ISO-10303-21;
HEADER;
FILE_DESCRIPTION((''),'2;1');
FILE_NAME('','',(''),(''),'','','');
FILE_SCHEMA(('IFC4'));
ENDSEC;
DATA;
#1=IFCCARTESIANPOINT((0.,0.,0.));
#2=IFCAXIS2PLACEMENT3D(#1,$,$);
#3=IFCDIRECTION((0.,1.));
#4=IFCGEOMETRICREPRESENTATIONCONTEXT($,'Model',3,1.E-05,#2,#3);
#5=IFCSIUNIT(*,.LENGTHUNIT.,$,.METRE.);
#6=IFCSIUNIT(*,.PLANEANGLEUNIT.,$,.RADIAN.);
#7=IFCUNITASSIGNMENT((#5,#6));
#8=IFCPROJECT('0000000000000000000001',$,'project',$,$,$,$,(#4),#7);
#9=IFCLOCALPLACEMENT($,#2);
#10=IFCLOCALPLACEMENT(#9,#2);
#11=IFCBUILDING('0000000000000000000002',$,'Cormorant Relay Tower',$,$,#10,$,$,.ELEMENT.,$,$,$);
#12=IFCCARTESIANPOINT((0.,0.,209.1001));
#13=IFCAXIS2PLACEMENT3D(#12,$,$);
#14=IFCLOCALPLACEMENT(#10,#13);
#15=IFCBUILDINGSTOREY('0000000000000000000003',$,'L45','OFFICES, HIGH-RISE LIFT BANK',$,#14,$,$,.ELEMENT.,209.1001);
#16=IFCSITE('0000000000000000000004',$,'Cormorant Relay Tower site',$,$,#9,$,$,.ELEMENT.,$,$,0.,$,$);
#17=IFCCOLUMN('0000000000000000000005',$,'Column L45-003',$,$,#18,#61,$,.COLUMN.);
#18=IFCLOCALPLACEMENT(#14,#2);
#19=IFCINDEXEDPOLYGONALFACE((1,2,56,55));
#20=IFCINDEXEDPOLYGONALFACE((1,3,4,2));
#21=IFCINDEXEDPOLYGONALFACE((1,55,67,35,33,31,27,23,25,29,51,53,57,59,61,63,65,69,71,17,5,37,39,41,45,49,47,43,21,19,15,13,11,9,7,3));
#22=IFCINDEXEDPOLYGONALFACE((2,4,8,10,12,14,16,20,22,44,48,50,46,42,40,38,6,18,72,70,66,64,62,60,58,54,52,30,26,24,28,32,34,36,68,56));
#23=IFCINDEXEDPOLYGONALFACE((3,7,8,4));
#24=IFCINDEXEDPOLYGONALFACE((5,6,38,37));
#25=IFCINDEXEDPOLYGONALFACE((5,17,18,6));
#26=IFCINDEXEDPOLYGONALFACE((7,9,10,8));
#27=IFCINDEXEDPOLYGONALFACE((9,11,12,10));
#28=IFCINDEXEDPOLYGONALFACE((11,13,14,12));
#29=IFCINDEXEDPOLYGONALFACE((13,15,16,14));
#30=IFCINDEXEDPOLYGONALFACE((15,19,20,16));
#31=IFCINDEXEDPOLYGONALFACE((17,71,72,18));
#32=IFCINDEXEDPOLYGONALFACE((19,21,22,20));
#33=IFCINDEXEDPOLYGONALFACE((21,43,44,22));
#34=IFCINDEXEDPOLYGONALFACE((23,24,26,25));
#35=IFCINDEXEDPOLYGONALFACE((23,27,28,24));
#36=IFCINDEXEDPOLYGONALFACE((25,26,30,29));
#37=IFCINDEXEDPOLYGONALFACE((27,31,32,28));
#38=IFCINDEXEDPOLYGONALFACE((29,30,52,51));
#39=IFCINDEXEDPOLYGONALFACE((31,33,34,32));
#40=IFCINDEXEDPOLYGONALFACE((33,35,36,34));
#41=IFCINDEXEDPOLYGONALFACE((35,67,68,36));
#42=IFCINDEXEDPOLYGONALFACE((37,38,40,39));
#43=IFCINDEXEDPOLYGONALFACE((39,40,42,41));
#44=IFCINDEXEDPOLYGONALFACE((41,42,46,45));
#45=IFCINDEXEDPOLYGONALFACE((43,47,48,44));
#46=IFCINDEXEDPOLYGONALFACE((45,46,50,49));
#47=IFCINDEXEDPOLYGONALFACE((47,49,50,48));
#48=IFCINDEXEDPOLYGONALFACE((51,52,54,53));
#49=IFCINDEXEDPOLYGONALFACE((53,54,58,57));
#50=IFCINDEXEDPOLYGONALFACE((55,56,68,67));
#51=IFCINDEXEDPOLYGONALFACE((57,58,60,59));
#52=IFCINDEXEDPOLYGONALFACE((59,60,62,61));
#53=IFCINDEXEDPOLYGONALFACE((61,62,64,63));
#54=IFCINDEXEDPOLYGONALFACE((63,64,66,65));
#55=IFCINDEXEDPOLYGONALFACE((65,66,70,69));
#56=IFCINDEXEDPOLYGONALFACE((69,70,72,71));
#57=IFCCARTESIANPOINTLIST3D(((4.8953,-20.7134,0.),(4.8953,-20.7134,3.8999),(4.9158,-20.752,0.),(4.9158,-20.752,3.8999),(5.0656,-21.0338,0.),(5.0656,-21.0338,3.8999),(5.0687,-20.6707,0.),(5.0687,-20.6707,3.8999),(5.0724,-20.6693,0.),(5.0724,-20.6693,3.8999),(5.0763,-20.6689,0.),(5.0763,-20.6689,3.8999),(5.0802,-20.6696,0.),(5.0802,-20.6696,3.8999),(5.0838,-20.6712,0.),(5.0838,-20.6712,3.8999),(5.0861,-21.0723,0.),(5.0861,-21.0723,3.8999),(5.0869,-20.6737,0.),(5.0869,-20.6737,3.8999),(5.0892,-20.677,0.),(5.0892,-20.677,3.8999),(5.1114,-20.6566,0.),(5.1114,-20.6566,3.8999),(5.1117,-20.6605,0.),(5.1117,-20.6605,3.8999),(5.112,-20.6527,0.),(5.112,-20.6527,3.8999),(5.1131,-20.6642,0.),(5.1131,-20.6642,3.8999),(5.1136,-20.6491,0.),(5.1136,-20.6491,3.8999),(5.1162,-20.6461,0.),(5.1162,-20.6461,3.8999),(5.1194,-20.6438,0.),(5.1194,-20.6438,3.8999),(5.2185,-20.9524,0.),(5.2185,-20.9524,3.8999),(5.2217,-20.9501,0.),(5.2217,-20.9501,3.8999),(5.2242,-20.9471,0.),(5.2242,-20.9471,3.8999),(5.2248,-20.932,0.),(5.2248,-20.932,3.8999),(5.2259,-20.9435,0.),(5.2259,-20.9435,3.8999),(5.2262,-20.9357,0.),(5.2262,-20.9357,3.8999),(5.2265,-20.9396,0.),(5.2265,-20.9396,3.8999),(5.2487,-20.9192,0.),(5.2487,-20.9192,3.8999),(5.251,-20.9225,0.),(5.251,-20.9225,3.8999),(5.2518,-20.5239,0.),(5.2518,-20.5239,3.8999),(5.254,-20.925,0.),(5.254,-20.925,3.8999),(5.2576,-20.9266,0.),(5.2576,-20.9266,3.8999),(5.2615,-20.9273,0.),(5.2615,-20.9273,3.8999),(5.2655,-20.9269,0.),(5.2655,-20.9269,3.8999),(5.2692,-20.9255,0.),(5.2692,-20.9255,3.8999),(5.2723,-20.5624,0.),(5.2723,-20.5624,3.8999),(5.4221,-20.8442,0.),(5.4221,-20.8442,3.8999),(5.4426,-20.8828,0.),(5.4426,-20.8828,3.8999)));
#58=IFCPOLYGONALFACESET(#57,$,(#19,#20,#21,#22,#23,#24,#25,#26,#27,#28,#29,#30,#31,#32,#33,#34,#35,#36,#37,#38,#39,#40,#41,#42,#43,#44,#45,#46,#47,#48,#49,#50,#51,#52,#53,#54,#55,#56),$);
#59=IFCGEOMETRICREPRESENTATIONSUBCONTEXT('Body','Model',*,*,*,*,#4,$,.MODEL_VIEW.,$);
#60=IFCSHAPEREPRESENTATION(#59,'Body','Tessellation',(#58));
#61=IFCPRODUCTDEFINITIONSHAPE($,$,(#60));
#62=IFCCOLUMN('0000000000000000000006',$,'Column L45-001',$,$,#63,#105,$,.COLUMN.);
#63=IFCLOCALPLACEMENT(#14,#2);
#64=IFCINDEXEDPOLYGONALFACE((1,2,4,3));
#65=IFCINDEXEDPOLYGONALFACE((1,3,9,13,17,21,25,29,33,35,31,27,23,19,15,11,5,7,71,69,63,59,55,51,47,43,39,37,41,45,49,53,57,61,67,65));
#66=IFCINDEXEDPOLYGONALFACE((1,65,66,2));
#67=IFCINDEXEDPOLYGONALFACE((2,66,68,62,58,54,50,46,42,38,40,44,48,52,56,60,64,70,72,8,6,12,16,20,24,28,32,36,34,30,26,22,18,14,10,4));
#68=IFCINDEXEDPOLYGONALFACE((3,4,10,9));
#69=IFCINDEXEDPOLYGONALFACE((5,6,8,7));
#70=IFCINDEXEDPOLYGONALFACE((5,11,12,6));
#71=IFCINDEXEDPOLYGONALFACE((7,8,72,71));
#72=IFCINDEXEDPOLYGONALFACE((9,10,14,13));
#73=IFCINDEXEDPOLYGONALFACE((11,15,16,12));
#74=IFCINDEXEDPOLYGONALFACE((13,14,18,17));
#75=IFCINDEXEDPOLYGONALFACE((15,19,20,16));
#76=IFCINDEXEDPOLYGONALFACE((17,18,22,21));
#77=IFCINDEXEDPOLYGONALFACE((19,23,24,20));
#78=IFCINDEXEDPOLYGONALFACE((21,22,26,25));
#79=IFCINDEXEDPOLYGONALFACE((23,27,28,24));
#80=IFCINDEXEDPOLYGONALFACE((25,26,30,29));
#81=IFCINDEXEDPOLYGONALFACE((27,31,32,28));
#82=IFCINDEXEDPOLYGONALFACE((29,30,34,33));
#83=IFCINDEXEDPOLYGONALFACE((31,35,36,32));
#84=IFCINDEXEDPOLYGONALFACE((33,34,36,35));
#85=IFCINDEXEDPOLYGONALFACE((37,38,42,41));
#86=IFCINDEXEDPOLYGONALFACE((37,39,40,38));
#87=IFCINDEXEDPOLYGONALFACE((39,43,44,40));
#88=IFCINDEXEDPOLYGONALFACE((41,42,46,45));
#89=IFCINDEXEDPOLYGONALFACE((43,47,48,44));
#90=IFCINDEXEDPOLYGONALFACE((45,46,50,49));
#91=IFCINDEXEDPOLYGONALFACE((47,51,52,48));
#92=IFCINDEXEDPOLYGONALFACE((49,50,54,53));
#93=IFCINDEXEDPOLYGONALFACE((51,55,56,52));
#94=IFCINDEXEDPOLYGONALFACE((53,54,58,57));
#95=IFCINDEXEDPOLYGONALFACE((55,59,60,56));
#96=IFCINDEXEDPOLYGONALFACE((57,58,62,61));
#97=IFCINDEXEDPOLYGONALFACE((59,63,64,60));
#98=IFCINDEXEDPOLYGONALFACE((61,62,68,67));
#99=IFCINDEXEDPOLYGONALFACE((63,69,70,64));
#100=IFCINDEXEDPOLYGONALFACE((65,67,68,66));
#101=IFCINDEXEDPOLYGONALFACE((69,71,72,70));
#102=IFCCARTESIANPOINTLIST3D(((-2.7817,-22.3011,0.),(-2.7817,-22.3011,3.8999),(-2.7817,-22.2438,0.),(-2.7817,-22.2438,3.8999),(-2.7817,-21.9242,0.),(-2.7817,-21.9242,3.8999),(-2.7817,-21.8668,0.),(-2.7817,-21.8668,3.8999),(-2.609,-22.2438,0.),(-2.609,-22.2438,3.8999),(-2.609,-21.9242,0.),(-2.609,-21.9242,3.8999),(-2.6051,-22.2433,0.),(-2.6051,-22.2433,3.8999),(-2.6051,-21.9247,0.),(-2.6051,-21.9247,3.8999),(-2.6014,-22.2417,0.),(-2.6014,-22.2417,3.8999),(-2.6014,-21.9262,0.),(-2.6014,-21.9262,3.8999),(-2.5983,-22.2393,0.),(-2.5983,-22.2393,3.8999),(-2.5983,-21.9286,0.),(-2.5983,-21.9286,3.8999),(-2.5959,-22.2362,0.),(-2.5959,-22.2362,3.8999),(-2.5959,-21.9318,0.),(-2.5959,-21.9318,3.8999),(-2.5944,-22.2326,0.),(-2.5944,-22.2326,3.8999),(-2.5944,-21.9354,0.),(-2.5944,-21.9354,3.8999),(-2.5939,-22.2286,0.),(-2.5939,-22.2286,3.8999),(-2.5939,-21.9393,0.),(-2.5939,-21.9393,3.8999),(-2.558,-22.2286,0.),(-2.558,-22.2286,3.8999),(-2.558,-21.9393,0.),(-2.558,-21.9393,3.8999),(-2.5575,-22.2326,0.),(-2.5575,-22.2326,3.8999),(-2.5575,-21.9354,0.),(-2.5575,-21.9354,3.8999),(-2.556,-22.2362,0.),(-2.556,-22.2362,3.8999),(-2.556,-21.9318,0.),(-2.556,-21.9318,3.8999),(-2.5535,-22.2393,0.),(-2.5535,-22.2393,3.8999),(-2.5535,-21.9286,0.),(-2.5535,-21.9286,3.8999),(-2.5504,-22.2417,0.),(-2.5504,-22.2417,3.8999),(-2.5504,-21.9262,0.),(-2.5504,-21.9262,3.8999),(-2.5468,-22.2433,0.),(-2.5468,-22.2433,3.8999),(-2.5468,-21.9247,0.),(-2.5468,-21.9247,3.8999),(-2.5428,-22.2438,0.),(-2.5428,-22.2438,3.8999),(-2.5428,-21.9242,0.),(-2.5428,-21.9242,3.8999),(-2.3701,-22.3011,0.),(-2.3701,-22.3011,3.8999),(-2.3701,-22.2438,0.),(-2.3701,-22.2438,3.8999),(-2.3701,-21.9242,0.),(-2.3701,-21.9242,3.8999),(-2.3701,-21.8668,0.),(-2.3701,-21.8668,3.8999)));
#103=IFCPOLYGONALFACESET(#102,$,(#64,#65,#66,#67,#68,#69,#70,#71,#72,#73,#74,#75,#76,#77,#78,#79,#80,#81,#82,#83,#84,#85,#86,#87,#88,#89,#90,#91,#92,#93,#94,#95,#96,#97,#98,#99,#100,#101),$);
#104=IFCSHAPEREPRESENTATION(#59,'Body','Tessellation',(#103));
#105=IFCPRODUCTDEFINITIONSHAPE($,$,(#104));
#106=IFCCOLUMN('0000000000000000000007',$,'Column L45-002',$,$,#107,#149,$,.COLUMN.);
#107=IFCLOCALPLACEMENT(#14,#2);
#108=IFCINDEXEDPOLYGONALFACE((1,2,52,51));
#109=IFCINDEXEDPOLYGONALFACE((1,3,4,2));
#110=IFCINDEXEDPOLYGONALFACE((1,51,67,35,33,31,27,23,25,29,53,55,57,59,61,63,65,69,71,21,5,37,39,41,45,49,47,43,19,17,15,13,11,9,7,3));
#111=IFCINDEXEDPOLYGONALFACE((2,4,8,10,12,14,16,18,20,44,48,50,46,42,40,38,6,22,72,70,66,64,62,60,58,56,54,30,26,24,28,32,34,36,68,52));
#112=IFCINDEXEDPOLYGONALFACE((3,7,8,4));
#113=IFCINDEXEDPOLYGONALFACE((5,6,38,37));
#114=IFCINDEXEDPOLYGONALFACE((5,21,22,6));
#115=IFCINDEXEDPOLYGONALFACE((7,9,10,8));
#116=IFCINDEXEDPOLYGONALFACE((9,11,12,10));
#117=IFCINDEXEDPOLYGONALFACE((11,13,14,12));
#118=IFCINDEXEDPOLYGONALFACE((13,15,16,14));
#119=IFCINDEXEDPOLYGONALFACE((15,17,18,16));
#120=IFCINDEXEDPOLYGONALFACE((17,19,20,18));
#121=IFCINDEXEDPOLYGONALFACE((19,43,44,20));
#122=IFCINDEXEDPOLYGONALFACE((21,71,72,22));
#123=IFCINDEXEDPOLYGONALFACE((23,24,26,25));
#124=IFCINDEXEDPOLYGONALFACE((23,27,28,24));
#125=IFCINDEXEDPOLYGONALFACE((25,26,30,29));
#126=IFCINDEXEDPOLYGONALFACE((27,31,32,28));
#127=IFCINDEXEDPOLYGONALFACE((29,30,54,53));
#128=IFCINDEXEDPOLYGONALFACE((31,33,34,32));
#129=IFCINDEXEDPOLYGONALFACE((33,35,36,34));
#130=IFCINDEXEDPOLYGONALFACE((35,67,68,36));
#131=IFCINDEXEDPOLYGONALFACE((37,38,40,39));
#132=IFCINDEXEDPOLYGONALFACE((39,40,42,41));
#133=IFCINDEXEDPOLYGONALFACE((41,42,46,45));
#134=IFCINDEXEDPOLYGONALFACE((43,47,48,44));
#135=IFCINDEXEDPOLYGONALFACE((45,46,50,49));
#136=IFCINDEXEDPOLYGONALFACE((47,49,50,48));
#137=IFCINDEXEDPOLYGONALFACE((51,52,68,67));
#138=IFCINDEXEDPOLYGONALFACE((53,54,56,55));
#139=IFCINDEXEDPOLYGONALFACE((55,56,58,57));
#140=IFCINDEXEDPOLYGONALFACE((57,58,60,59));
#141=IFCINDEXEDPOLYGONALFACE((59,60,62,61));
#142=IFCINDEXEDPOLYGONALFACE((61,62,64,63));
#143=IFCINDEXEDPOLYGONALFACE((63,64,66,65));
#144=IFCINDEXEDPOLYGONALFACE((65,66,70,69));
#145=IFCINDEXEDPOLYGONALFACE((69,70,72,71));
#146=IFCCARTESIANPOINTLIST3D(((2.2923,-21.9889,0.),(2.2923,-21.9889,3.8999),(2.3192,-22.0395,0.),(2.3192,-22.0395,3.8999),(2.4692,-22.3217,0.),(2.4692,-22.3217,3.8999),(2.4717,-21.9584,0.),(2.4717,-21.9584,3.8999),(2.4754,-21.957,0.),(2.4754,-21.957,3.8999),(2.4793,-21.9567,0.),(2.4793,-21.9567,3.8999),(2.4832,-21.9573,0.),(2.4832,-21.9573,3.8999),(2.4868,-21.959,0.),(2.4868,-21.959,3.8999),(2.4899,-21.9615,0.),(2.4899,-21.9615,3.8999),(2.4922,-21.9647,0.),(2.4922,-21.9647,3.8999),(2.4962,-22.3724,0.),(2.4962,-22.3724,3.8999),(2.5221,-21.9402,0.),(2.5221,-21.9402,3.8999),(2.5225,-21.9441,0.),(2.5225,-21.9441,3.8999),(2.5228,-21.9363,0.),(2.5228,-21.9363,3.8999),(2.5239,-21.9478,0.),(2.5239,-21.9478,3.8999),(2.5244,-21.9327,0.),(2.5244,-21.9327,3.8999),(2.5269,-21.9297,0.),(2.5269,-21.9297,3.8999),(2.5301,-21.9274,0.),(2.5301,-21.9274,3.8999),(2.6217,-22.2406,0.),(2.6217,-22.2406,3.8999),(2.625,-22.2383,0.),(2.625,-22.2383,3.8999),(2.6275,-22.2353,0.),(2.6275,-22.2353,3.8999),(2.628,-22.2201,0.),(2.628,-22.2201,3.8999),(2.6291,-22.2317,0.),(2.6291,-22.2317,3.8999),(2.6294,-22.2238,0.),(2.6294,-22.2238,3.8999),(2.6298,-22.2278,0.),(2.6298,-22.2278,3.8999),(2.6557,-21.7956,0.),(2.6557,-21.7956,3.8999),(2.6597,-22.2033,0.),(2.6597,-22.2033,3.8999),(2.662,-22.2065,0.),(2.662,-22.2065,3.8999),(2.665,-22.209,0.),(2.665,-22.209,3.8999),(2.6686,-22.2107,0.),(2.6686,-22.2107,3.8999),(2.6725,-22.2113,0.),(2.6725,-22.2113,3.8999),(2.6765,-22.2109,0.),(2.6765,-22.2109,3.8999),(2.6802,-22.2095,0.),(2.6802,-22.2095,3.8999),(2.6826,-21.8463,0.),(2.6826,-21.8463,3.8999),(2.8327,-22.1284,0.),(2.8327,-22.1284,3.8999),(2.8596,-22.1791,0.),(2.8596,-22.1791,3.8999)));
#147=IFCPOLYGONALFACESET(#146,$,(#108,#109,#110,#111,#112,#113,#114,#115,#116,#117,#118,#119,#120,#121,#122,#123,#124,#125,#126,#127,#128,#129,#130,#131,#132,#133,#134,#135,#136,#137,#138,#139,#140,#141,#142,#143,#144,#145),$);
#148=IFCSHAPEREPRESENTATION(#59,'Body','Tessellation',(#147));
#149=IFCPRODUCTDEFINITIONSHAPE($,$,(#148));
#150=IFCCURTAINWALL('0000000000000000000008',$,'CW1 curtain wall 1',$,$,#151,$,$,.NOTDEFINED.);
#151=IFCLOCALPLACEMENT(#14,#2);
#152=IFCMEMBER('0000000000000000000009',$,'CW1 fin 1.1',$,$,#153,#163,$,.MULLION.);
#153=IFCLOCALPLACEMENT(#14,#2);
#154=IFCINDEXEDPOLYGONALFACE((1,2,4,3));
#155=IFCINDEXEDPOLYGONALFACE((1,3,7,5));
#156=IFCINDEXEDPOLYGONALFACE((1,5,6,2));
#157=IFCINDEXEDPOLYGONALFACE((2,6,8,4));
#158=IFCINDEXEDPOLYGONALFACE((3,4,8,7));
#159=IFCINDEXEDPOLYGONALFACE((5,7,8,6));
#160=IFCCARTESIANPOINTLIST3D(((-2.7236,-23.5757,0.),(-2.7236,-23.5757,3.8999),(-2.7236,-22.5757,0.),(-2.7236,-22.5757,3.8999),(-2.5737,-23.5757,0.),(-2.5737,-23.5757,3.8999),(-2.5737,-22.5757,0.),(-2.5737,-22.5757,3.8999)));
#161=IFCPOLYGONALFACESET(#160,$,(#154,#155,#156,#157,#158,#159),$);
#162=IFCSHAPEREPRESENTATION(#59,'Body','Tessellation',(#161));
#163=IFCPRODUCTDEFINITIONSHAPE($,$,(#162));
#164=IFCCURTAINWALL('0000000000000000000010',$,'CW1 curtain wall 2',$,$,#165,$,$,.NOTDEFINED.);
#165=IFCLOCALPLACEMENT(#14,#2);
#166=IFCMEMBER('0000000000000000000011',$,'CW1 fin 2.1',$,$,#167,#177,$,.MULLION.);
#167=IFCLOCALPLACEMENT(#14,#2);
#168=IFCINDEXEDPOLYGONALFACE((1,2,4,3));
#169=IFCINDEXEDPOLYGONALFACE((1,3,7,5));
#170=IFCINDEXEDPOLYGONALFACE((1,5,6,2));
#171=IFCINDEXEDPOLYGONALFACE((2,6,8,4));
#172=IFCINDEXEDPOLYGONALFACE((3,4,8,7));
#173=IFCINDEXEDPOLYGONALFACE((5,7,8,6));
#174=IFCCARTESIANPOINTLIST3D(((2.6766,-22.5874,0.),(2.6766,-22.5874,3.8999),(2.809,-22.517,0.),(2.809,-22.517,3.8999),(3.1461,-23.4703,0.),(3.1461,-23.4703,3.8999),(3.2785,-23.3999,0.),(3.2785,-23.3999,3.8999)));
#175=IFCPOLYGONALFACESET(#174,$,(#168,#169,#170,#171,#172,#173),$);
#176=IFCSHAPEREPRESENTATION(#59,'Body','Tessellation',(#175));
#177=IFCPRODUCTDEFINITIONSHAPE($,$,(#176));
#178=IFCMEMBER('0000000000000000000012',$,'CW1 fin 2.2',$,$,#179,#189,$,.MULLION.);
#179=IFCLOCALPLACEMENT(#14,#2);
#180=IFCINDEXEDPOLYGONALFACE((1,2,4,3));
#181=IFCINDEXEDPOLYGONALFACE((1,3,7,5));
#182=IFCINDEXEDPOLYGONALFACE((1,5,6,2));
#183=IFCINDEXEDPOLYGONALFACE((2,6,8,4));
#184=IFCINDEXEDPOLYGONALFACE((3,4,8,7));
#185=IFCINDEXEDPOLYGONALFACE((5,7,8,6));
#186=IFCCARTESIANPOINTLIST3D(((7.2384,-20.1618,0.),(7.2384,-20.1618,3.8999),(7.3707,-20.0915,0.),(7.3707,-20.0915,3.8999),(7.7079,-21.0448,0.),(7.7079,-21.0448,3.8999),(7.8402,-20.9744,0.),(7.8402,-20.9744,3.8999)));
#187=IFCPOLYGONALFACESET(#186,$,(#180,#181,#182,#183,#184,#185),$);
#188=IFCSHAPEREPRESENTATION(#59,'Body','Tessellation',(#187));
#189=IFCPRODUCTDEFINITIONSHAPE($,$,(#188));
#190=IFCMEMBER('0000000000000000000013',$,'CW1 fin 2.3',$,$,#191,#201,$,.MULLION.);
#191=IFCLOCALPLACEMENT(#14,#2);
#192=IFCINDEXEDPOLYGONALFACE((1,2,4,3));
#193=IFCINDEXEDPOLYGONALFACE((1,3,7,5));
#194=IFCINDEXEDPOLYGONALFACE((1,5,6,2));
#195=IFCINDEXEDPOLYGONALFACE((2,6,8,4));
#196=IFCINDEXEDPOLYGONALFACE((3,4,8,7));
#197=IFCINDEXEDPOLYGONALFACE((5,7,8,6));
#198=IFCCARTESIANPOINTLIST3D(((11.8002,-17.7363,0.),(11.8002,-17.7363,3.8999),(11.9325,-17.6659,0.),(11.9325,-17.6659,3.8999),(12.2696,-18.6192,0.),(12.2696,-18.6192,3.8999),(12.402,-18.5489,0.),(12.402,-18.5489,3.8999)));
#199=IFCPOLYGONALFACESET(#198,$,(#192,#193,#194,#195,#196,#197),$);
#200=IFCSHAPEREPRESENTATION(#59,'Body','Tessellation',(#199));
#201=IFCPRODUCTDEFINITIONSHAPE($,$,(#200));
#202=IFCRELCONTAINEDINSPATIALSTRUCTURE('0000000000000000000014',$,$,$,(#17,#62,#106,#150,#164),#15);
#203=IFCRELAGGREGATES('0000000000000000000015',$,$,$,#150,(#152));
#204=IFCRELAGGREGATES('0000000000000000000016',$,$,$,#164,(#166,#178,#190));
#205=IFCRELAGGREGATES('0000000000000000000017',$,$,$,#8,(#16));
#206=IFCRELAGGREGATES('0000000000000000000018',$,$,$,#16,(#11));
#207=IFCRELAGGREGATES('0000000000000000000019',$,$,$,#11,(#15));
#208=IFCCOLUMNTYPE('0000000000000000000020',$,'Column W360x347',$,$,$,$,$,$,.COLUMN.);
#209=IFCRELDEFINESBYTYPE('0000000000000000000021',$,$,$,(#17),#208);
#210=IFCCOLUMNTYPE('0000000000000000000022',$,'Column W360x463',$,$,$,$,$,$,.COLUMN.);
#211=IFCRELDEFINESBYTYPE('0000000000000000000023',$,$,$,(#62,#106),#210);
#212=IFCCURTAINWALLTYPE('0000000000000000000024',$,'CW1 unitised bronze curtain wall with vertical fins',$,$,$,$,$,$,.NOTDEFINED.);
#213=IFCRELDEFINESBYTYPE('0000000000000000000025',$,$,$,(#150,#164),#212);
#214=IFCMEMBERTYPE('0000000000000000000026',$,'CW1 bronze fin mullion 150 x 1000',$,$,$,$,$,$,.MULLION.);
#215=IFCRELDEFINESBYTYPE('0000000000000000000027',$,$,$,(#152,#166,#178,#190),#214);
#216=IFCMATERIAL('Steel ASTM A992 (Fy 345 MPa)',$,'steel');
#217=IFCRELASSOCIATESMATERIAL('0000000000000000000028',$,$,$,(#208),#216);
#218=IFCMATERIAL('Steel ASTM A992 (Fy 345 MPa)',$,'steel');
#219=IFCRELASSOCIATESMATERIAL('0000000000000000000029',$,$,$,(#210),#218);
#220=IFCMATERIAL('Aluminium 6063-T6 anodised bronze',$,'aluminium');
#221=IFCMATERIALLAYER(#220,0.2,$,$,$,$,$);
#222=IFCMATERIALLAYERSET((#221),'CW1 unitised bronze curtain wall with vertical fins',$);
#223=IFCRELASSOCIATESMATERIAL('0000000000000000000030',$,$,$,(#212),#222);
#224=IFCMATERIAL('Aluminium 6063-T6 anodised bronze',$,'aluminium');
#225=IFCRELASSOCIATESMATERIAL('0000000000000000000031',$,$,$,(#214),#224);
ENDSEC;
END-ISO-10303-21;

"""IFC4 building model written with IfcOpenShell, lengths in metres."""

from ifc_helpers import new_model, si_unit, direction, frame, origin, origin_2d, place, context, subcontext, project, spatial, rectangle, i_section, extrude, material, layer, layer_set, material_profile, profile_set, type_object, element, aggregate, save


model = new_model("IFC4")

# Units and contexts
model_context = context("Model", 3, precision=1e-05, world=origin(), true_north=direction((0.0, 1.0)))
body_context = subcontext(model_context, "Body", "Model", "MODEL_VIEW")
ifc_project = project(units=[si_unit("LENGTHUNIT", "METRE"), si_unit("PLANEANGLEUNIT", "RADIAN")], contexts=[model_context])

# Site, building, storey
site_placement = place(None, origin())
site = spatial("IfcSite", under=ifc_project, at=site_placement, Name="Cormorant Relay Tower site", CompositionType="ELEMENT", RefElevation=0.0)
building_placement = place(site_placement, origin())
building = spatial("IfcBuilding", under=site, at=building_placement, Name="Cormorant Relay Tower", CompositionType="ELEMENT")
storey_placement = place(building_placement, frame((0.0, 0.0, 209.1001)))
storey = spatial("IfcBuildingStorey", under=building, at=storey_placement, Name="L45", Description="OFFICES, HIGH-RISE LIFT BANK", CompositionType="ELEMENT", Elevation=209.1001)

# Columns
ifc_material_1 = material(Name="Steel ASTM A992 (Fy 345 MPa)", Category="steel")
ifc_material_profile_1 = material_profile(ifc_material_1, i_section(OverallWidth=0.4038, OverallDepth=0.4065, WebThickness=0.0271, FlangeThickness=0.0437, FilletRadius=0.0151, at=origin_2d()), Name="W360x347")
ifc_profile_set_1 = profile_set([ifc_material_profile_1], Name="Steel ASTM A992 (Fy 345 MPa)")
column_type_1 = type_object("IfcColumnType", Name="Column W360x347", PredefinedType="COLUMN", material=ifc_profile_set_1)
column_placement = place(storey_placement, frame((5.1689, -20.7981, 0.0), z_axis=(0.0, 0.0, 1.0), x_axis=(0.882948, 0.469472, 0.0)))
element("IfcColumn", 1, at=column_placement, inside=storey, type_object=column_type_1, Name="Column L45-003", PredefinedType="COLUMN", context=body_context, shape_type="SweptSolid", body=[
    extrude(i_section(OverallWidth=0.4038, OverallDepth=0.4065, WebThickness=0.0271, FlangeThickness=0.0437, FilletRadius=0.0151, at=origin_2d()), origin(), (0.0, 0.0, 1.0), 3.8999),
])
ifc_material_2 = material(Name="Steel ASTM A992 (Fy 345 MPa)", Category="steel")
ifc_material_profile_2 = material_profile(ifc_material_2, i_section(OverallWidth=0.4116, OverallDepth=0.4343, WebThickness=0.0359, FlangeThickness=0.0574, FilletRadius=0.0151, at=origin_2d()), Name="W360x463")
ifc_profile_set_2 = profile_set([ifc_material_profile_2], Name="Steel ASTM A992 (Fy 345 MPa)")
column_type_2 = type_object("IfcColumnType", Name="Column W360x463", PredefinedType="COLUMN", material=ifc_profile_set_2)
for number, where, z_axis, x_axis, name in (
    (2, (-2.5759, -22.084, 0.0), (0.0, 0.0, 1.0), (1.0, 0.0, 0.0), "Column L45-001"),
    (3, (2.5759, -22.084, 0.0), (0.0, 0.0, 1.0), (0.882948, 0.469472, 0.0), "Column L45-002"),
):
    element("IfcColumn", number, at=place(storey_placement, frame(where, z_axis=z_axis, x_axis=x_axis)), inside=storey, type_object=column_type_2, Name=name, PredefinedType="COLUMN", context=body_context, shape_type="SweptSolid", body=[
        extrude(i_section(OverallWidth=0.4116, OverallDepth=0.4343, WebThickness=0.0359, FlangeThickness=0.0574, FilletRadius=0.0151, at=origin_2d()), origin(), (0.0, 0.0, 1.0), 3.8999),
    ])

# Curtain wall, member
ifc_material_3 = material(Name="Aluminium 6063-T6 anodised bronze", Category="aluminium")
ifc_layer_1 = layer(ifc_material_3, 0.2)
ifc_layer_set_1 = layer_set([ifc_layer_1], Name="CW1 unitised bronze curtain wall with vertical fins")
curtain_wall_type = type_object("IfcCurtainWallType", Name="CW1 unitised bronze curtain wall with vertical fins", PredefinedType="NOTDEFINED", material=ifc_layer_set_1)
curtain_wall_1_placement = place(storey_placement, origin())
curtain_wall_1 = element("IfcCurtainWall", 4, at=curtain_wall_1_placement, inside=storey, type_object=curtain_wall_type, Name="CW1 curtain wall 1", PredefinedType="NOTDEFINED")
ifc_material_4 = material(Name="Aluminium 6063-T6 anodised bronze", Category="aluminium")
ifc_material_profile_3 = material_profile(ifc_material_4, rectangle(XDim=0.1499, YDim=1.0, at=origin_2d()), Name="AL 150x1000")
ifc_profile_set_3 = profile_set([ifc_material_profile_3], Name="Aluminium 6063-T6 anodised bronze")
member_type_1 = type_object("IfcMemberType", Name="CW1 bronze fin mullion 150 x 1000", PredefinedType="MULLION", material=ifc_profile_set_3)
member_1_placement = place(storey_placement, frame((-2.6487, -23.0757, 0.0), z_axis=(0.0, 0.0, 1.0), x_axis=(1.0, 0.0, 0.0)))
member_1 = element("IfcMember", 5, at=member_1_placement, type_object=member_type_1, Name="CW1 fin 1.1", PredefinedType="MULLION", context=body_context, shape_type="SweptSolid", body=[
    extrude(rectangle(XDim=0.1499, YDim=1.0, at=origin_2d()), origin(), (0.0, 0.0, 1.0), 3.8999),
])

# Curtain wall, members
curtain_wall_2_placement = place(storey_placement, origin())
curtain_wall_2 = element("IfcCurtainWall", 6, at=curtain_wall_2_placement, inside=storey, type_object=curtain_wall_type, Name="CW1 curtain wall 2", PredefinedType="NOTDEFINED")
member_2_placement = place(storey_placement, frame((2.9775, -22.9937, 0.0), z_axis=(0.0, 0.0, 1.0), x_axis=(0.882948, 0.469472, 0.0)))
member_2 = element("IfcMember", 7, at=member_2_placement, type_object=member_type_1, Name="CW1 fin 2.1", PredefinedType="MULLION", context=body_context, shape_type="SweptSolid", body=[
    extrude(rectangle(XDim=0.1499, YDim=1.0, at=origin_2d()), origin(), (0.0, 0.0, 1.0), 3.8999),
])
member_3_placement = place(storey_placement, frame((7.5393, -20.5681, 0.0), z_axis=(0.0, 0.0, 1.0), x_axis=(0.882948, 0.469472, 0.0)))
member_3 = element("IfcMember", 8, at=member_3_placement, type_object=member_type_1, Name="CW1 fin 2.2", PredefinedType="MULLION", context=body_context, shape_type="SweptSolid", body=[
    extrude(rectangle(XDim=0.1499, YDim=1.0, at=origin_2d()), origin(), (0.0, 0.0, 1.0), 3.8999),
])
member_4_placement = place(storey_placement, frame((12.1011, -18.1426, 0.0), z_axis=(0.0, 0.0, 1.0), x_axis=(0.882948, 0.469472, 0.0)))
member_4 = element("IfcMember", 9, at=member_4_placement, type_object=member_type_1, Name="CW1 fin 2.3", PredefinedType="MULLION", context=body_context, shape_type="SweptSolid", body=[
    extrude(rectangle(XDim=0.1499, YDim=1.0, at=origin_2d()), origin(), (0.0, 0.0, 1.0), 3.8999),
])

aggregate(curtain_wall_1, [member_1])
aggregate(curtain_wall_2, [member_2, member_3, member_4])

save(model, "model.ifc")
